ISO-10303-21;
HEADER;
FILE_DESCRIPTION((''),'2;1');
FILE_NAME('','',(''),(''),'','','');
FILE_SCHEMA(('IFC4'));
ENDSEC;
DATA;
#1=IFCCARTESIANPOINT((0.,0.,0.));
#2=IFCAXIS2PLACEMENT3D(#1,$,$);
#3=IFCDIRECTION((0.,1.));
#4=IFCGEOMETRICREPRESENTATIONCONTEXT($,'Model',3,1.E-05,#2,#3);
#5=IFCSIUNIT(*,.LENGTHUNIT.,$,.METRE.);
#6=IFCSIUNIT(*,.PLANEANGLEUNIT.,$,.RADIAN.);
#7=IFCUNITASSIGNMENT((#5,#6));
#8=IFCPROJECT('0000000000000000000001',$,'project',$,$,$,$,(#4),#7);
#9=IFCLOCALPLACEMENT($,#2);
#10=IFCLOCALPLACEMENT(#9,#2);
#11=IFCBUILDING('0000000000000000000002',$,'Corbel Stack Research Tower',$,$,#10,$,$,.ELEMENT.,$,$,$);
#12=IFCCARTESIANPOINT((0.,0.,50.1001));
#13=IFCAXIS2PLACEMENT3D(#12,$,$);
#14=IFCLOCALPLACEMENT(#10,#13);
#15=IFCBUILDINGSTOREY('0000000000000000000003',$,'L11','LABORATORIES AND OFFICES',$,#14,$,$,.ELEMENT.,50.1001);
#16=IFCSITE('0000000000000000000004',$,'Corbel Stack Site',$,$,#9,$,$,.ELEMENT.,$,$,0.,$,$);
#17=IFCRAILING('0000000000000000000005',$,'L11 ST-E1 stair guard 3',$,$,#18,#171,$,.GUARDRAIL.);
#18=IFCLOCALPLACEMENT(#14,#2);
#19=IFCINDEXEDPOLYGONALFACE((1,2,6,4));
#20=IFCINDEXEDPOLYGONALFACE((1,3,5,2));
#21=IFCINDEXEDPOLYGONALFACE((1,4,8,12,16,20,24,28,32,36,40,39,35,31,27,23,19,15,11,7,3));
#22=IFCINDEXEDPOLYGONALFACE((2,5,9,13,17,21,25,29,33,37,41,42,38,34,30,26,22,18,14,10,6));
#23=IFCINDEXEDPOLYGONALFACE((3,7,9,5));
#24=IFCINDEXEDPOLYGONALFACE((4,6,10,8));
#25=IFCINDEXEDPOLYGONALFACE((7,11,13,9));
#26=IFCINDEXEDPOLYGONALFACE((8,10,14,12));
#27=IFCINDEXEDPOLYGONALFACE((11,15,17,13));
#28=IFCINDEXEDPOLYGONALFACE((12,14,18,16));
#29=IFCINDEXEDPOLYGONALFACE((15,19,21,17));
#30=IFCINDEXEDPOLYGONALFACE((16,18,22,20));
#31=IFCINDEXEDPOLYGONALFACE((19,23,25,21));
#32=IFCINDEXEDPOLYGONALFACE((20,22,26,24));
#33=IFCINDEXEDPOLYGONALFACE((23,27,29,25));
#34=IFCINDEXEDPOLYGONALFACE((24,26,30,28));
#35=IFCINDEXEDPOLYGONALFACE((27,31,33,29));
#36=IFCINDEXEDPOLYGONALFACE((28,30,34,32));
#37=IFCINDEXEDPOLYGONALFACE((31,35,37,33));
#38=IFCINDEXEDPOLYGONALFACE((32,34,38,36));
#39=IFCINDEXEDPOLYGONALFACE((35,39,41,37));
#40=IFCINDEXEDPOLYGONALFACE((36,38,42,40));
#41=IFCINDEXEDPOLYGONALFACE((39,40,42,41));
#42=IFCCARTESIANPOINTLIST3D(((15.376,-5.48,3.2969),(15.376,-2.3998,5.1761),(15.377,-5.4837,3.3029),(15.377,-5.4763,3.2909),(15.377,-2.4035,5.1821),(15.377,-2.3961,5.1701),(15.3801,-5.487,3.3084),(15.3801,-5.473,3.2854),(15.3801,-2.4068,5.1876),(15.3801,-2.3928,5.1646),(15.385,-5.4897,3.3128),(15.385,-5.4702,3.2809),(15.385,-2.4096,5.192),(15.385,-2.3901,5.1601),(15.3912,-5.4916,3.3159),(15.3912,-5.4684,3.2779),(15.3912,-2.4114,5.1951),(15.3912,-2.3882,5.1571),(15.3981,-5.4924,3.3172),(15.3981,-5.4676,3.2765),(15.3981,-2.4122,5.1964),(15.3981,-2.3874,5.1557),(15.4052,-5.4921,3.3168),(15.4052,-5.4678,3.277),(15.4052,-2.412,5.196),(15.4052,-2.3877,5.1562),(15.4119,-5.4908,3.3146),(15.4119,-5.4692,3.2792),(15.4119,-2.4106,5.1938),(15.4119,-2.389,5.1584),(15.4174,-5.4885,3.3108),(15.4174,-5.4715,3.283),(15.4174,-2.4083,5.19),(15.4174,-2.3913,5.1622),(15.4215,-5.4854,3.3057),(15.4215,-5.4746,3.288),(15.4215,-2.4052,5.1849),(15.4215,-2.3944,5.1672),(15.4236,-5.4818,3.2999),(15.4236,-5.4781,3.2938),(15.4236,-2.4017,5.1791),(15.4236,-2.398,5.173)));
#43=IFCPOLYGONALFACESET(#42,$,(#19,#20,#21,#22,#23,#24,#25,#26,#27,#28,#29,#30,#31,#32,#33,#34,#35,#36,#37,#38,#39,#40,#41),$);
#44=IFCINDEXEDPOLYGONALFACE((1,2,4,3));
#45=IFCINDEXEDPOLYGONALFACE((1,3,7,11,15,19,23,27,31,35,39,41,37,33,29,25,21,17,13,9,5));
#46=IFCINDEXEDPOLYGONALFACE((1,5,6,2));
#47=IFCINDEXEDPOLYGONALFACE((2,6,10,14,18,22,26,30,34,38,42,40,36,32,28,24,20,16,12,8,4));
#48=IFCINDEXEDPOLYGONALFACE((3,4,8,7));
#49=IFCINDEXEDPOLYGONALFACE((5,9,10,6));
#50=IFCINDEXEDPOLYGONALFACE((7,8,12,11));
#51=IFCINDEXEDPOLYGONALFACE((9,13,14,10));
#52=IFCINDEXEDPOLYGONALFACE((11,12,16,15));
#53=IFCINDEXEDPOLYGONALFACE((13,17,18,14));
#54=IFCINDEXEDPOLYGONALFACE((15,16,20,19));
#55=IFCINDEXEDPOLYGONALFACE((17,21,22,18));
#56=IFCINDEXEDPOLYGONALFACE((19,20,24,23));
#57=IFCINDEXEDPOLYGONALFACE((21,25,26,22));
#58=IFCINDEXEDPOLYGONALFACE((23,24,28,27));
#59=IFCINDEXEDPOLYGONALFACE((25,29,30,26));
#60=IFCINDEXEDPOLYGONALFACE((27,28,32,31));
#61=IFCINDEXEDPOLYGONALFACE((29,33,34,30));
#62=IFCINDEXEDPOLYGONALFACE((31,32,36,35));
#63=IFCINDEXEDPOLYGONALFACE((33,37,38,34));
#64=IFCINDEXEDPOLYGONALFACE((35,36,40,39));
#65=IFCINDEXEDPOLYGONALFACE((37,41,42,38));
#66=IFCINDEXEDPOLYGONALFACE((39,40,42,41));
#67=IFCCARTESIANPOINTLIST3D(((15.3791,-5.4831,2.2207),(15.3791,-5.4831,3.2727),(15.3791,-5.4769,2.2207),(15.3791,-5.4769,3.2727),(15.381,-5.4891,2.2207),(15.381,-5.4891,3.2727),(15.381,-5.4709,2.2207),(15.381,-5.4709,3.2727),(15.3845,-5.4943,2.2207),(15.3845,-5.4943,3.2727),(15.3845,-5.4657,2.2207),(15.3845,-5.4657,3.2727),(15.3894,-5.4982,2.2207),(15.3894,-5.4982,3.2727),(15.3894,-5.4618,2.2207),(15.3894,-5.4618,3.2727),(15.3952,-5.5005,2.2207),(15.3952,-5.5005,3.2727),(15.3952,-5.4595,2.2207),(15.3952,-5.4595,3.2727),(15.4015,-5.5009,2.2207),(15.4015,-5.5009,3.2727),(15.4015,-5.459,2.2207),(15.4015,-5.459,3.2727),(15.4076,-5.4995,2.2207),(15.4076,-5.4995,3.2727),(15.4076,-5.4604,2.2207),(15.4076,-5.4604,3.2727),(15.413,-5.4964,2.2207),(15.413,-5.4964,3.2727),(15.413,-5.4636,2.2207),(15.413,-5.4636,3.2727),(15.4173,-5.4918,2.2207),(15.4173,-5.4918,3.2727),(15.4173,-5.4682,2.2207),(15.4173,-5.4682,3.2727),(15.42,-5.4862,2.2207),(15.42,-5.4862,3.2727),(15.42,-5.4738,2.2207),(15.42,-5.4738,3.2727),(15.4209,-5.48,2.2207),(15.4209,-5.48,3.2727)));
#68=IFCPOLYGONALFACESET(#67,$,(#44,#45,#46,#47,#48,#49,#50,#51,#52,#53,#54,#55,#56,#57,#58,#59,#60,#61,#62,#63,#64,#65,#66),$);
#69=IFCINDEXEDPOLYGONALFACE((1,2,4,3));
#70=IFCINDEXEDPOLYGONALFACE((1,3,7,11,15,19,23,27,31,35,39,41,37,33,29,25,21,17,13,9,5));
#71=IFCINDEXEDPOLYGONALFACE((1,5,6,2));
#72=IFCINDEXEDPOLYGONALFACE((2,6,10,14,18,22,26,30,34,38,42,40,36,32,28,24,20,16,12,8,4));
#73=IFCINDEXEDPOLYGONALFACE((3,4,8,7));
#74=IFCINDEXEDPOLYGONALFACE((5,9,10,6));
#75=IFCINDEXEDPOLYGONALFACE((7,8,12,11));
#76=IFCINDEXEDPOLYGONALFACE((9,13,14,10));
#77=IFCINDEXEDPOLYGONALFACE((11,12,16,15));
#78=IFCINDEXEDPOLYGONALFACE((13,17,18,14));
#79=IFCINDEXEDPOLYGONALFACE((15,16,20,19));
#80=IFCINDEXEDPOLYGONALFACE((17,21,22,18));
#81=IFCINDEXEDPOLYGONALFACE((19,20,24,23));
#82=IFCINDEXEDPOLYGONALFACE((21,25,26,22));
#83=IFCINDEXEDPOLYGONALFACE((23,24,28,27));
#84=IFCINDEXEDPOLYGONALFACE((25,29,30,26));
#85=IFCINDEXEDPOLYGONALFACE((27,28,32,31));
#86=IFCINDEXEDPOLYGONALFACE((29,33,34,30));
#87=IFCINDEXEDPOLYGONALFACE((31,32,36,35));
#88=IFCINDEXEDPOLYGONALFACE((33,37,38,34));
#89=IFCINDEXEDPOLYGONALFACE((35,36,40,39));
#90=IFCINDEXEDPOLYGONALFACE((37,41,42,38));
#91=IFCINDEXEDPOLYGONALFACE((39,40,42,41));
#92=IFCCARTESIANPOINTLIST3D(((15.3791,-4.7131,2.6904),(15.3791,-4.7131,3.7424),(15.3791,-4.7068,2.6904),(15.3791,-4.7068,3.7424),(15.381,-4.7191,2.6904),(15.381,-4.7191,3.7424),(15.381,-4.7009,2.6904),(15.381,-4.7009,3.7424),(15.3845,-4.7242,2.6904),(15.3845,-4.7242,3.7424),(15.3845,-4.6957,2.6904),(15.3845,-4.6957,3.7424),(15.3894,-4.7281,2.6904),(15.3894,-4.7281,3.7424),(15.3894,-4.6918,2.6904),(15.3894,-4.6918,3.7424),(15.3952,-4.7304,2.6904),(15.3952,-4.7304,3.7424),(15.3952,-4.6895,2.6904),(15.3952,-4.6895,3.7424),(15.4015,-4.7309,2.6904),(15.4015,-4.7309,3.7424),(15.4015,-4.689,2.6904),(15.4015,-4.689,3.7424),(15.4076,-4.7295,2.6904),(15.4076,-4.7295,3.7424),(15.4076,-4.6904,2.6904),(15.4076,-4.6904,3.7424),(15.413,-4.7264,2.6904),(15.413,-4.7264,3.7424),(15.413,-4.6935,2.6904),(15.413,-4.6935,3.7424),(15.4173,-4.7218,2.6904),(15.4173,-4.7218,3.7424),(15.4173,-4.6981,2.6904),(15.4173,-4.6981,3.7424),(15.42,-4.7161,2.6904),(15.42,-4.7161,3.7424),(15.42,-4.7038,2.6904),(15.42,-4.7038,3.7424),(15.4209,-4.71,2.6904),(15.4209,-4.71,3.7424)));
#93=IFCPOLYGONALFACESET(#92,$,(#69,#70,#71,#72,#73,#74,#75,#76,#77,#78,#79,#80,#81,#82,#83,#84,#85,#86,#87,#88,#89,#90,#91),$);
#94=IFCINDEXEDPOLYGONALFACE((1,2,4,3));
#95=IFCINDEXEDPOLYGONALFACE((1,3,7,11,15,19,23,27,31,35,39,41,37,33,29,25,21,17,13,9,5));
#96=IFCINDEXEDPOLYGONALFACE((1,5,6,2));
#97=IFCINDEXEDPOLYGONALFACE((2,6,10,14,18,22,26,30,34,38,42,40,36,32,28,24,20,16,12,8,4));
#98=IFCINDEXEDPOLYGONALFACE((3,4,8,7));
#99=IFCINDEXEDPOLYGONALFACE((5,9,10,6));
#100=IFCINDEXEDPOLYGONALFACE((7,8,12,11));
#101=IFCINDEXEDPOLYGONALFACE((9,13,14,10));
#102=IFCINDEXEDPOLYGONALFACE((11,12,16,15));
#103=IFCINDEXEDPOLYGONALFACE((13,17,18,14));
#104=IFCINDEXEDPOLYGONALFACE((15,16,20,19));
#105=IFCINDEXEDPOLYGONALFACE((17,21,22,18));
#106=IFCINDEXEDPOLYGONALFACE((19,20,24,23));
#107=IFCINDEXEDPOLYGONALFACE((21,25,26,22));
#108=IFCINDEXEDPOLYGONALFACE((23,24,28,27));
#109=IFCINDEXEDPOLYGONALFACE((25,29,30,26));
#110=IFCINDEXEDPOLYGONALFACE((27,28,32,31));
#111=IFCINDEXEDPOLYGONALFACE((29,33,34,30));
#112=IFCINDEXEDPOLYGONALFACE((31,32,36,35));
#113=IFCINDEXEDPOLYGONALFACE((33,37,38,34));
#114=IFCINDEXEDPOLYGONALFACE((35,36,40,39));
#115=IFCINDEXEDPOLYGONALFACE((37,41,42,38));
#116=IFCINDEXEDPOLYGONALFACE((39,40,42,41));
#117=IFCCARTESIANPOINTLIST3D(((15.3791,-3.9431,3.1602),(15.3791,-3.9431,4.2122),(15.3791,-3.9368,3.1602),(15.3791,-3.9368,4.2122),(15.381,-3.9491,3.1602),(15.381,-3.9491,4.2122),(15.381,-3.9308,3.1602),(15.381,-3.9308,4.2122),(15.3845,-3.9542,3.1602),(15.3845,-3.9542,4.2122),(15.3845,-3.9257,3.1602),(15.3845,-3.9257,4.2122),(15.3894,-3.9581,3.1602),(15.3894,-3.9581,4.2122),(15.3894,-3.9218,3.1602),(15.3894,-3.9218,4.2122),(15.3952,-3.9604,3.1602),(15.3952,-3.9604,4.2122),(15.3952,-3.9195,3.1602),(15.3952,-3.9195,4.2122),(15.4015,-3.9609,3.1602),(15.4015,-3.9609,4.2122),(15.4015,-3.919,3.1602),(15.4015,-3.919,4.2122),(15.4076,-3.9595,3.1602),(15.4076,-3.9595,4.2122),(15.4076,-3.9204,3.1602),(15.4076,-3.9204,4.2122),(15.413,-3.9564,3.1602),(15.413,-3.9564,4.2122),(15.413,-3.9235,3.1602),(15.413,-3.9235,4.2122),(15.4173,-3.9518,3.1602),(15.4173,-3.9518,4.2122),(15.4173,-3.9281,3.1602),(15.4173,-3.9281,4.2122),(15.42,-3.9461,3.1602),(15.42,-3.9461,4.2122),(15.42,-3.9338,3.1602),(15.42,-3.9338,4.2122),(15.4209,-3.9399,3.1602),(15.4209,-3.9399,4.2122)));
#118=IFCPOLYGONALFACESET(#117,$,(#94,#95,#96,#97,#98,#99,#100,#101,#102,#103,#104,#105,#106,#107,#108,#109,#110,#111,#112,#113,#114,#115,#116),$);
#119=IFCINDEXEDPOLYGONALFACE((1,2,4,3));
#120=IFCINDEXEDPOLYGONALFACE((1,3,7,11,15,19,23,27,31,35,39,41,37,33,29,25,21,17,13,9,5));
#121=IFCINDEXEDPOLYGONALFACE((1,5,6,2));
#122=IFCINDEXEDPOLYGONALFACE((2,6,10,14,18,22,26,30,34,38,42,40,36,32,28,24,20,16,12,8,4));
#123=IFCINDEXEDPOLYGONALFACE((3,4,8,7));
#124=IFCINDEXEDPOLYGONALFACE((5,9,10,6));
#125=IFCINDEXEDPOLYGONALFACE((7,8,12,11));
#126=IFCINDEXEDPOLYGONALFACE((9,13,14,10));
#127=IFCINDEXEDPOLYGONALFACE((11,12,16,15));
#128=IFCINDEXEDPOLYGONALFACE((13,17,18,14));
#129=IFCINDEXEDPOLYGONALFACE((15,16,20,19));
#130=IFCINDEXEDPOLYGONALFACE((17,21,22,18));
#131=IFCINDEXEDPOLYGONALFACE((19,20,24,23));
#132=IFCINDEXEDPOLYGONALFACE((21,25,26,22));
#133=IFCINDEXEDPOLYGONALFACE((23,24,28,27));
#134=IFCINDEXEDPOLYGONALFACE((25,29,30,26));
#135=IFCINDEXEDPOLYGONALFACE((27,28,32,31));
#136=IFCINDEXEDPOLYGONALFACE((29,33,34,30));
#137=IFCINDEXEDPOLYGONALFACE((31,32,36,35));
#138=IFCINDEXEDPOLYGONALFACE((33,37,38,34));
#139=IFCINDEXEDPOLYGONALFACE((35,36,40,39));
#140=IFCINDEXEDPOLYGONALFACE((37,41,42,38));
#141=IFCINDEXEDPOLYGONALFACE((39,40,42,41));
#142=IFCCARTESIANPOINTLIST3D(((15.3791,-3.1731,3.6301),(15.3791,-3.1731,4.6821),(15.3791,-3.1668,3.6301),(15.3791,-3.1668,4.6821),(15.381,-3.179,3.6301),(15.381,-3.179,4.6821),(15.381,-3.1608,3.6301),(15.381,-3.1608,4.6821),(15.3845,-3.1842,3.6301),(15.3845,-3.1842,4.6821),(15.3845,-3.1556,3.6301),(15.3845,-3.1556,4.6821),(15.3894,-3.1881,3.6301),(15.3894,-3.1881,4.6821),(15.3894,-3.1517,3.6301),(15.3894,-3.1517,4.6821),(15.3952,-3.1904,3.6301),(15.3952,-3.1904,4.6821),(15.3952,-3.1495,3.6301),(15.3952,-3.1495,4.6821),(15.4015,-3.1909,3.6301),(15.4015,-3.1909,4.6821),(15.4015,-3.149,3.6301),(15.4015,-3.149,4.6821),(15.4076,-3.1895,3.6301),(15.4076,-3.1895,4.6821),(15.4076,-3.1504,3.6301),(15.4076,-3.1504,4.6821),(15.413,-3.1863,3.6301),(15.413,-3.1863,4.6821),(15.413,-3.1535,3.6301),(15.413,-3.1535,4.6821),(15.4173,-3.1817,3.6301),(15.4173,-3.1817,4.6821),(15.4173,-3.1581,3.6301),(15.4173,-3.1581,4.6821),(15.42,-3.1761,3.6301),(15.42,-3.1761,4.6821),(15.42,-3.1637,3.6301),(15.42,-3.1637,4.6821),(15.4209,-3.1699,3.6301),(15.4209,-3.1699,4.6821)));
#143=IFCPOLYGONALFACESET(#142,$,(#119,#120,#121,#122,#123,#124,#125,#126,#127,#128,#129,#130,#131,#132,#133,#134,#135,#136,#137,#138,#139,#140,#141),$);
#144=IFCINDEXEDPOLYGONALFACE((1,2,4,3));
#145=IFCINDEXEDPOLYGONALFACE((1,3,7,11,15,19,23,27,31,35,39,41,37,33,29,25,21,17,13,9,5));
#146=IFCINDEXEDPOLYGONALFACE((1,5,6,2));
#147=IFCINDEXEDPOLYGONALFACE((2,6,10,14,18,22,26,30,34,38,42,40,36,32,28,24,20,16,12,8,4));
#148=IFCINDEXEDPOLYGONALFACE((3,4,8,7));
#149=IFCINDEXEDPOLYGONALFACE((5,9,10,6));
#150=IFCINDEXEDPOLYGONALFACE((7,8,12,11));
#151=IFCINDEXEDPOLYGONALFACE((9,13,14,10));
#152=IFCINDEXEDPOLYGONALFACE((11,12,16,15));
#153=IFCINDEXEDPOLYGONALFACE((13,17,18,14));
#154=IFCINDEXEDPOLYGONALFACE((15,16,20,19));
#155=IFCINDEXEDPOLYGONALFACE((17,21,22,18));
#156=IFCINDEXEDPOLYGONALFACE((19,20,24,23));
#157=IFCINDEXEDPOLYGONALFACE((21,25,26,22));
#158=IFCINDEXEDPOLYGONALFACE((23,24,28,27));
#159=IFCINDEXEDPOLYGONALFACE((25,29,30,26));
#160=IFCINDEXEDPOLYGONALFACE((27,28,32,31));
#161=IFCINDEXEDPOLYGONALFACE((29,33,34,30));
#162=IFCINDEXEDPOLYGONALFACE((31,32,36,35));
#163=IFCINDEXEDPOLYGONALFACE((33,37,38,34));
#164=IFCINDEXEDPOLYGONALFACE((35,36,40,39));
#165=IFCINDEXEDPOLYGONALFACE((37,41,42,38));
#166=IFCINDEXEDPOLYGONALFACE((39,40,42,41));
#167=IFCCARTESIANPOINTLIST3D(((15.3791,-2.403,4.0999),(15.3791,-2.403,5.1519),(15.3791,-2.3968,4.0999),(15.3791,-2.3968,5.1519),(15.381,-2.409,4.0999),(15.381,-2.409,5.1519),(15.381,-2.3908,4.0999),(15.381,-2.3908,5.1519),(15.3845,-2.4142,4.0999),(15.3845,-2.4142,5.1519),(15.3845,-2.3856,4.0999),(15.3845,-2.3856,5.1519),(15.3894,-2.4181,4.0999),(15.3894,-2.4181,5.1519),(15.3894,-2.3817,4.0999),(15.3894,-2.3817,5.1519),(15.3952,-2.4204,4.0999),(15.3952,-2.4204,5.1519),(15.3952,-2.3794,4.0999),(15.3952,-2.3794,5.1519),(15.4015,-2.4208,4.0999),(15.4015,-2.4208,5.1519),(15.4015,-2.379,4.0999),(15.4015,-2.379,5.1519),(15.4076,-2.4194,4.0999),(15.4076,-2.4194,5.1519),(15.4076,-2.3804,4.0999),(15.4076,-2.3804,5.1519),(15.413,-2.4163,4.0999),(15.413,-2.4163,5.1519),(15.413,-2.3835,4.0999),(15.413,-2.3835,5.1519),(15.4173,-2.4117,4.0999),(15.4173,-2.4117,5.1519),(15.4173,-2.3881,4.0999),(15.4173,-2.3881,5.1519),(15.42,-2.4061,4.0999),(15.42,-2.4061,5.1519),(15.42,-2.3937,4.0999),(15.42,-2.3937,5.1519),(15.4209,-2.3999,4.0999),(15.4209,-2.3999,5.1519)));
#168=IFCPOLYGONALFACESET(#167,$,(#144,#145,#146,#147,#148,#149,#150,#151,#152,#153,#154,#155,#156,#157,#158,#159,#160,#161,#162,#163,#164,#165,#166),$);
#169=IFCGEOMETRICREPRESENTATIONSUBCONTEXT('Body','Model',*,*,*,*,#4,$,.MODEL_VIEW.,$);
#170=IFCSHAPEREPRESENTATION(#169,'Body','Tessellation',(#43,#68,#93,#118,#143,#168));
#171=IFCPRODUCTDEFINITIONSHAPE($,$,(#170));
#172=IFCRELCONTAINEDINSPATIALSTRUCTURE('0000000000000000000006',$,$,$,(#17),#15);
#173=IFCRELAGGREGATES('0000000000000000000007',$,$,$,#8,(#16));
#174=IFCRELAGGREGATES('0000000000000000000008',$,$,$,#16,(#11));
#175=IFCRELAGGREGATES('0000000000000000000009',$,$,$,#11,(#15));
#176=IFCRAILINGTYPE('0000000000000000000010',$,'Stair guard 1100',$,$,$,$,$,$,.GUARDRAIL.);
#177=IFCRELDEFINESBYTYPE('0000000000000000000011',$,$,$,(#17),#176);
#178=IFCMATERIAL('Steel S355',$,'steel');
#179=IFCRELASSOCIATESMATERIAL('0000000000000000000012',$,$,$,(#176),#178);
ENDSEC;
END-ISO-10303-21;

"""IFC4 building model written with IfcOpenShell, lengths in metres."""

from ifc_helpers import new_model, si_unit, direction, frame, origin, origin_2d, place, context, subcontext, project, spatial, circle, extrude, material, type_object, element, save


model = new_model("IFC4")

# Units and contexts
model_context = context("Model", 3, precision=1e-05, world=origin(), true_north=direction((0.0, 1.0)))
body_context = subcontext(model_context, "Body", "Model", "MODEL_VIEW")
ifc_project = project(units=[si_unit("LENGTHUNIT", "METRE"), si_unit("PLANEANGLEUNIT", "RADIAN")], contexts=[model_context])

# Site, building, storey
site_placement = place(None, origin())
site = spatial("IfcSite", under=ifc_project, at=site_placement, Name="Corbel Stack Site", CompositionType="ELEMENT", RefElevation=0.0)
building_placement = place(site_placement, origin())
building = spatial("IfcBuilding", under=site, at=building_placement, Name="Corbel Stack Research Tower", CompositionType="ELEMENT")
storey_placement = place(building_placement, frame((0.0, 0.0, 50.1001)))
storey = spatial("IfcBuildingStorey", under=building, at=storey_placement, Name="L11", Description="LABORATORIES AND OFFICES", CompositionType="ELEMENT", Elevation=50.1001)

# Railing
ifc_material_1 = material(Name="Steel S355", Category="steel")
railing_type_1 = type_object("IfcRailingType", Name="Stair guard 1100", PredefinedType="GUARDRAIL", material=ifc_material_1)
railing_1_placement = place(storey_placement, frame((15.3999, -5.48, 2.2207)))
element("IfcRailing", 1, at=railing_1_placement, inside=storey, type_object=railing_type_1, Name="L11 ST-E1 stair guard 3", PredefinedType="GUARDRAIL", context=body_context, shape_type="SweptSolid", body=[
    extrude(circle(Radius=0.0239, at=origin_2d()), frame((0.0, 0.0, 1.0762), z_axis=(0.0, 0.853666, 0.52082), x_axis=(-1.0, 0.0, 0.0)), (0.0, 0.0, 1.0), 3.6082),
    extrude(circle(Radius=0.021, at=origin_2d()), origin(), (0.0, 0.0, 1.0), 1.052),
    extrude(circle(Radius=0.021, at=origin_2d()), frame((0.0, 0.77, 0.4697)), (0.0, 0.0, 1.0), 1.052),
    extrude(circle(Radius=0.021, at=origin_2d()), frame((0.0, 1.54, 0.9395)), (0.0, 0.0, 1.0), 1.052),
    extrude(circle(Radius=0.021, at=origin_2d()), frame((0.0, 2.3101, 1.4094)), (0.0, 0.0, 1.0), 1.052),
    extrude(circle(Radius=0.021, at=origin_2d()), frame((0.0, 3.0801, 1.8792)), (0.0, 0.0, 1.0), 1.052),
])

save(model, "model.ifc")
